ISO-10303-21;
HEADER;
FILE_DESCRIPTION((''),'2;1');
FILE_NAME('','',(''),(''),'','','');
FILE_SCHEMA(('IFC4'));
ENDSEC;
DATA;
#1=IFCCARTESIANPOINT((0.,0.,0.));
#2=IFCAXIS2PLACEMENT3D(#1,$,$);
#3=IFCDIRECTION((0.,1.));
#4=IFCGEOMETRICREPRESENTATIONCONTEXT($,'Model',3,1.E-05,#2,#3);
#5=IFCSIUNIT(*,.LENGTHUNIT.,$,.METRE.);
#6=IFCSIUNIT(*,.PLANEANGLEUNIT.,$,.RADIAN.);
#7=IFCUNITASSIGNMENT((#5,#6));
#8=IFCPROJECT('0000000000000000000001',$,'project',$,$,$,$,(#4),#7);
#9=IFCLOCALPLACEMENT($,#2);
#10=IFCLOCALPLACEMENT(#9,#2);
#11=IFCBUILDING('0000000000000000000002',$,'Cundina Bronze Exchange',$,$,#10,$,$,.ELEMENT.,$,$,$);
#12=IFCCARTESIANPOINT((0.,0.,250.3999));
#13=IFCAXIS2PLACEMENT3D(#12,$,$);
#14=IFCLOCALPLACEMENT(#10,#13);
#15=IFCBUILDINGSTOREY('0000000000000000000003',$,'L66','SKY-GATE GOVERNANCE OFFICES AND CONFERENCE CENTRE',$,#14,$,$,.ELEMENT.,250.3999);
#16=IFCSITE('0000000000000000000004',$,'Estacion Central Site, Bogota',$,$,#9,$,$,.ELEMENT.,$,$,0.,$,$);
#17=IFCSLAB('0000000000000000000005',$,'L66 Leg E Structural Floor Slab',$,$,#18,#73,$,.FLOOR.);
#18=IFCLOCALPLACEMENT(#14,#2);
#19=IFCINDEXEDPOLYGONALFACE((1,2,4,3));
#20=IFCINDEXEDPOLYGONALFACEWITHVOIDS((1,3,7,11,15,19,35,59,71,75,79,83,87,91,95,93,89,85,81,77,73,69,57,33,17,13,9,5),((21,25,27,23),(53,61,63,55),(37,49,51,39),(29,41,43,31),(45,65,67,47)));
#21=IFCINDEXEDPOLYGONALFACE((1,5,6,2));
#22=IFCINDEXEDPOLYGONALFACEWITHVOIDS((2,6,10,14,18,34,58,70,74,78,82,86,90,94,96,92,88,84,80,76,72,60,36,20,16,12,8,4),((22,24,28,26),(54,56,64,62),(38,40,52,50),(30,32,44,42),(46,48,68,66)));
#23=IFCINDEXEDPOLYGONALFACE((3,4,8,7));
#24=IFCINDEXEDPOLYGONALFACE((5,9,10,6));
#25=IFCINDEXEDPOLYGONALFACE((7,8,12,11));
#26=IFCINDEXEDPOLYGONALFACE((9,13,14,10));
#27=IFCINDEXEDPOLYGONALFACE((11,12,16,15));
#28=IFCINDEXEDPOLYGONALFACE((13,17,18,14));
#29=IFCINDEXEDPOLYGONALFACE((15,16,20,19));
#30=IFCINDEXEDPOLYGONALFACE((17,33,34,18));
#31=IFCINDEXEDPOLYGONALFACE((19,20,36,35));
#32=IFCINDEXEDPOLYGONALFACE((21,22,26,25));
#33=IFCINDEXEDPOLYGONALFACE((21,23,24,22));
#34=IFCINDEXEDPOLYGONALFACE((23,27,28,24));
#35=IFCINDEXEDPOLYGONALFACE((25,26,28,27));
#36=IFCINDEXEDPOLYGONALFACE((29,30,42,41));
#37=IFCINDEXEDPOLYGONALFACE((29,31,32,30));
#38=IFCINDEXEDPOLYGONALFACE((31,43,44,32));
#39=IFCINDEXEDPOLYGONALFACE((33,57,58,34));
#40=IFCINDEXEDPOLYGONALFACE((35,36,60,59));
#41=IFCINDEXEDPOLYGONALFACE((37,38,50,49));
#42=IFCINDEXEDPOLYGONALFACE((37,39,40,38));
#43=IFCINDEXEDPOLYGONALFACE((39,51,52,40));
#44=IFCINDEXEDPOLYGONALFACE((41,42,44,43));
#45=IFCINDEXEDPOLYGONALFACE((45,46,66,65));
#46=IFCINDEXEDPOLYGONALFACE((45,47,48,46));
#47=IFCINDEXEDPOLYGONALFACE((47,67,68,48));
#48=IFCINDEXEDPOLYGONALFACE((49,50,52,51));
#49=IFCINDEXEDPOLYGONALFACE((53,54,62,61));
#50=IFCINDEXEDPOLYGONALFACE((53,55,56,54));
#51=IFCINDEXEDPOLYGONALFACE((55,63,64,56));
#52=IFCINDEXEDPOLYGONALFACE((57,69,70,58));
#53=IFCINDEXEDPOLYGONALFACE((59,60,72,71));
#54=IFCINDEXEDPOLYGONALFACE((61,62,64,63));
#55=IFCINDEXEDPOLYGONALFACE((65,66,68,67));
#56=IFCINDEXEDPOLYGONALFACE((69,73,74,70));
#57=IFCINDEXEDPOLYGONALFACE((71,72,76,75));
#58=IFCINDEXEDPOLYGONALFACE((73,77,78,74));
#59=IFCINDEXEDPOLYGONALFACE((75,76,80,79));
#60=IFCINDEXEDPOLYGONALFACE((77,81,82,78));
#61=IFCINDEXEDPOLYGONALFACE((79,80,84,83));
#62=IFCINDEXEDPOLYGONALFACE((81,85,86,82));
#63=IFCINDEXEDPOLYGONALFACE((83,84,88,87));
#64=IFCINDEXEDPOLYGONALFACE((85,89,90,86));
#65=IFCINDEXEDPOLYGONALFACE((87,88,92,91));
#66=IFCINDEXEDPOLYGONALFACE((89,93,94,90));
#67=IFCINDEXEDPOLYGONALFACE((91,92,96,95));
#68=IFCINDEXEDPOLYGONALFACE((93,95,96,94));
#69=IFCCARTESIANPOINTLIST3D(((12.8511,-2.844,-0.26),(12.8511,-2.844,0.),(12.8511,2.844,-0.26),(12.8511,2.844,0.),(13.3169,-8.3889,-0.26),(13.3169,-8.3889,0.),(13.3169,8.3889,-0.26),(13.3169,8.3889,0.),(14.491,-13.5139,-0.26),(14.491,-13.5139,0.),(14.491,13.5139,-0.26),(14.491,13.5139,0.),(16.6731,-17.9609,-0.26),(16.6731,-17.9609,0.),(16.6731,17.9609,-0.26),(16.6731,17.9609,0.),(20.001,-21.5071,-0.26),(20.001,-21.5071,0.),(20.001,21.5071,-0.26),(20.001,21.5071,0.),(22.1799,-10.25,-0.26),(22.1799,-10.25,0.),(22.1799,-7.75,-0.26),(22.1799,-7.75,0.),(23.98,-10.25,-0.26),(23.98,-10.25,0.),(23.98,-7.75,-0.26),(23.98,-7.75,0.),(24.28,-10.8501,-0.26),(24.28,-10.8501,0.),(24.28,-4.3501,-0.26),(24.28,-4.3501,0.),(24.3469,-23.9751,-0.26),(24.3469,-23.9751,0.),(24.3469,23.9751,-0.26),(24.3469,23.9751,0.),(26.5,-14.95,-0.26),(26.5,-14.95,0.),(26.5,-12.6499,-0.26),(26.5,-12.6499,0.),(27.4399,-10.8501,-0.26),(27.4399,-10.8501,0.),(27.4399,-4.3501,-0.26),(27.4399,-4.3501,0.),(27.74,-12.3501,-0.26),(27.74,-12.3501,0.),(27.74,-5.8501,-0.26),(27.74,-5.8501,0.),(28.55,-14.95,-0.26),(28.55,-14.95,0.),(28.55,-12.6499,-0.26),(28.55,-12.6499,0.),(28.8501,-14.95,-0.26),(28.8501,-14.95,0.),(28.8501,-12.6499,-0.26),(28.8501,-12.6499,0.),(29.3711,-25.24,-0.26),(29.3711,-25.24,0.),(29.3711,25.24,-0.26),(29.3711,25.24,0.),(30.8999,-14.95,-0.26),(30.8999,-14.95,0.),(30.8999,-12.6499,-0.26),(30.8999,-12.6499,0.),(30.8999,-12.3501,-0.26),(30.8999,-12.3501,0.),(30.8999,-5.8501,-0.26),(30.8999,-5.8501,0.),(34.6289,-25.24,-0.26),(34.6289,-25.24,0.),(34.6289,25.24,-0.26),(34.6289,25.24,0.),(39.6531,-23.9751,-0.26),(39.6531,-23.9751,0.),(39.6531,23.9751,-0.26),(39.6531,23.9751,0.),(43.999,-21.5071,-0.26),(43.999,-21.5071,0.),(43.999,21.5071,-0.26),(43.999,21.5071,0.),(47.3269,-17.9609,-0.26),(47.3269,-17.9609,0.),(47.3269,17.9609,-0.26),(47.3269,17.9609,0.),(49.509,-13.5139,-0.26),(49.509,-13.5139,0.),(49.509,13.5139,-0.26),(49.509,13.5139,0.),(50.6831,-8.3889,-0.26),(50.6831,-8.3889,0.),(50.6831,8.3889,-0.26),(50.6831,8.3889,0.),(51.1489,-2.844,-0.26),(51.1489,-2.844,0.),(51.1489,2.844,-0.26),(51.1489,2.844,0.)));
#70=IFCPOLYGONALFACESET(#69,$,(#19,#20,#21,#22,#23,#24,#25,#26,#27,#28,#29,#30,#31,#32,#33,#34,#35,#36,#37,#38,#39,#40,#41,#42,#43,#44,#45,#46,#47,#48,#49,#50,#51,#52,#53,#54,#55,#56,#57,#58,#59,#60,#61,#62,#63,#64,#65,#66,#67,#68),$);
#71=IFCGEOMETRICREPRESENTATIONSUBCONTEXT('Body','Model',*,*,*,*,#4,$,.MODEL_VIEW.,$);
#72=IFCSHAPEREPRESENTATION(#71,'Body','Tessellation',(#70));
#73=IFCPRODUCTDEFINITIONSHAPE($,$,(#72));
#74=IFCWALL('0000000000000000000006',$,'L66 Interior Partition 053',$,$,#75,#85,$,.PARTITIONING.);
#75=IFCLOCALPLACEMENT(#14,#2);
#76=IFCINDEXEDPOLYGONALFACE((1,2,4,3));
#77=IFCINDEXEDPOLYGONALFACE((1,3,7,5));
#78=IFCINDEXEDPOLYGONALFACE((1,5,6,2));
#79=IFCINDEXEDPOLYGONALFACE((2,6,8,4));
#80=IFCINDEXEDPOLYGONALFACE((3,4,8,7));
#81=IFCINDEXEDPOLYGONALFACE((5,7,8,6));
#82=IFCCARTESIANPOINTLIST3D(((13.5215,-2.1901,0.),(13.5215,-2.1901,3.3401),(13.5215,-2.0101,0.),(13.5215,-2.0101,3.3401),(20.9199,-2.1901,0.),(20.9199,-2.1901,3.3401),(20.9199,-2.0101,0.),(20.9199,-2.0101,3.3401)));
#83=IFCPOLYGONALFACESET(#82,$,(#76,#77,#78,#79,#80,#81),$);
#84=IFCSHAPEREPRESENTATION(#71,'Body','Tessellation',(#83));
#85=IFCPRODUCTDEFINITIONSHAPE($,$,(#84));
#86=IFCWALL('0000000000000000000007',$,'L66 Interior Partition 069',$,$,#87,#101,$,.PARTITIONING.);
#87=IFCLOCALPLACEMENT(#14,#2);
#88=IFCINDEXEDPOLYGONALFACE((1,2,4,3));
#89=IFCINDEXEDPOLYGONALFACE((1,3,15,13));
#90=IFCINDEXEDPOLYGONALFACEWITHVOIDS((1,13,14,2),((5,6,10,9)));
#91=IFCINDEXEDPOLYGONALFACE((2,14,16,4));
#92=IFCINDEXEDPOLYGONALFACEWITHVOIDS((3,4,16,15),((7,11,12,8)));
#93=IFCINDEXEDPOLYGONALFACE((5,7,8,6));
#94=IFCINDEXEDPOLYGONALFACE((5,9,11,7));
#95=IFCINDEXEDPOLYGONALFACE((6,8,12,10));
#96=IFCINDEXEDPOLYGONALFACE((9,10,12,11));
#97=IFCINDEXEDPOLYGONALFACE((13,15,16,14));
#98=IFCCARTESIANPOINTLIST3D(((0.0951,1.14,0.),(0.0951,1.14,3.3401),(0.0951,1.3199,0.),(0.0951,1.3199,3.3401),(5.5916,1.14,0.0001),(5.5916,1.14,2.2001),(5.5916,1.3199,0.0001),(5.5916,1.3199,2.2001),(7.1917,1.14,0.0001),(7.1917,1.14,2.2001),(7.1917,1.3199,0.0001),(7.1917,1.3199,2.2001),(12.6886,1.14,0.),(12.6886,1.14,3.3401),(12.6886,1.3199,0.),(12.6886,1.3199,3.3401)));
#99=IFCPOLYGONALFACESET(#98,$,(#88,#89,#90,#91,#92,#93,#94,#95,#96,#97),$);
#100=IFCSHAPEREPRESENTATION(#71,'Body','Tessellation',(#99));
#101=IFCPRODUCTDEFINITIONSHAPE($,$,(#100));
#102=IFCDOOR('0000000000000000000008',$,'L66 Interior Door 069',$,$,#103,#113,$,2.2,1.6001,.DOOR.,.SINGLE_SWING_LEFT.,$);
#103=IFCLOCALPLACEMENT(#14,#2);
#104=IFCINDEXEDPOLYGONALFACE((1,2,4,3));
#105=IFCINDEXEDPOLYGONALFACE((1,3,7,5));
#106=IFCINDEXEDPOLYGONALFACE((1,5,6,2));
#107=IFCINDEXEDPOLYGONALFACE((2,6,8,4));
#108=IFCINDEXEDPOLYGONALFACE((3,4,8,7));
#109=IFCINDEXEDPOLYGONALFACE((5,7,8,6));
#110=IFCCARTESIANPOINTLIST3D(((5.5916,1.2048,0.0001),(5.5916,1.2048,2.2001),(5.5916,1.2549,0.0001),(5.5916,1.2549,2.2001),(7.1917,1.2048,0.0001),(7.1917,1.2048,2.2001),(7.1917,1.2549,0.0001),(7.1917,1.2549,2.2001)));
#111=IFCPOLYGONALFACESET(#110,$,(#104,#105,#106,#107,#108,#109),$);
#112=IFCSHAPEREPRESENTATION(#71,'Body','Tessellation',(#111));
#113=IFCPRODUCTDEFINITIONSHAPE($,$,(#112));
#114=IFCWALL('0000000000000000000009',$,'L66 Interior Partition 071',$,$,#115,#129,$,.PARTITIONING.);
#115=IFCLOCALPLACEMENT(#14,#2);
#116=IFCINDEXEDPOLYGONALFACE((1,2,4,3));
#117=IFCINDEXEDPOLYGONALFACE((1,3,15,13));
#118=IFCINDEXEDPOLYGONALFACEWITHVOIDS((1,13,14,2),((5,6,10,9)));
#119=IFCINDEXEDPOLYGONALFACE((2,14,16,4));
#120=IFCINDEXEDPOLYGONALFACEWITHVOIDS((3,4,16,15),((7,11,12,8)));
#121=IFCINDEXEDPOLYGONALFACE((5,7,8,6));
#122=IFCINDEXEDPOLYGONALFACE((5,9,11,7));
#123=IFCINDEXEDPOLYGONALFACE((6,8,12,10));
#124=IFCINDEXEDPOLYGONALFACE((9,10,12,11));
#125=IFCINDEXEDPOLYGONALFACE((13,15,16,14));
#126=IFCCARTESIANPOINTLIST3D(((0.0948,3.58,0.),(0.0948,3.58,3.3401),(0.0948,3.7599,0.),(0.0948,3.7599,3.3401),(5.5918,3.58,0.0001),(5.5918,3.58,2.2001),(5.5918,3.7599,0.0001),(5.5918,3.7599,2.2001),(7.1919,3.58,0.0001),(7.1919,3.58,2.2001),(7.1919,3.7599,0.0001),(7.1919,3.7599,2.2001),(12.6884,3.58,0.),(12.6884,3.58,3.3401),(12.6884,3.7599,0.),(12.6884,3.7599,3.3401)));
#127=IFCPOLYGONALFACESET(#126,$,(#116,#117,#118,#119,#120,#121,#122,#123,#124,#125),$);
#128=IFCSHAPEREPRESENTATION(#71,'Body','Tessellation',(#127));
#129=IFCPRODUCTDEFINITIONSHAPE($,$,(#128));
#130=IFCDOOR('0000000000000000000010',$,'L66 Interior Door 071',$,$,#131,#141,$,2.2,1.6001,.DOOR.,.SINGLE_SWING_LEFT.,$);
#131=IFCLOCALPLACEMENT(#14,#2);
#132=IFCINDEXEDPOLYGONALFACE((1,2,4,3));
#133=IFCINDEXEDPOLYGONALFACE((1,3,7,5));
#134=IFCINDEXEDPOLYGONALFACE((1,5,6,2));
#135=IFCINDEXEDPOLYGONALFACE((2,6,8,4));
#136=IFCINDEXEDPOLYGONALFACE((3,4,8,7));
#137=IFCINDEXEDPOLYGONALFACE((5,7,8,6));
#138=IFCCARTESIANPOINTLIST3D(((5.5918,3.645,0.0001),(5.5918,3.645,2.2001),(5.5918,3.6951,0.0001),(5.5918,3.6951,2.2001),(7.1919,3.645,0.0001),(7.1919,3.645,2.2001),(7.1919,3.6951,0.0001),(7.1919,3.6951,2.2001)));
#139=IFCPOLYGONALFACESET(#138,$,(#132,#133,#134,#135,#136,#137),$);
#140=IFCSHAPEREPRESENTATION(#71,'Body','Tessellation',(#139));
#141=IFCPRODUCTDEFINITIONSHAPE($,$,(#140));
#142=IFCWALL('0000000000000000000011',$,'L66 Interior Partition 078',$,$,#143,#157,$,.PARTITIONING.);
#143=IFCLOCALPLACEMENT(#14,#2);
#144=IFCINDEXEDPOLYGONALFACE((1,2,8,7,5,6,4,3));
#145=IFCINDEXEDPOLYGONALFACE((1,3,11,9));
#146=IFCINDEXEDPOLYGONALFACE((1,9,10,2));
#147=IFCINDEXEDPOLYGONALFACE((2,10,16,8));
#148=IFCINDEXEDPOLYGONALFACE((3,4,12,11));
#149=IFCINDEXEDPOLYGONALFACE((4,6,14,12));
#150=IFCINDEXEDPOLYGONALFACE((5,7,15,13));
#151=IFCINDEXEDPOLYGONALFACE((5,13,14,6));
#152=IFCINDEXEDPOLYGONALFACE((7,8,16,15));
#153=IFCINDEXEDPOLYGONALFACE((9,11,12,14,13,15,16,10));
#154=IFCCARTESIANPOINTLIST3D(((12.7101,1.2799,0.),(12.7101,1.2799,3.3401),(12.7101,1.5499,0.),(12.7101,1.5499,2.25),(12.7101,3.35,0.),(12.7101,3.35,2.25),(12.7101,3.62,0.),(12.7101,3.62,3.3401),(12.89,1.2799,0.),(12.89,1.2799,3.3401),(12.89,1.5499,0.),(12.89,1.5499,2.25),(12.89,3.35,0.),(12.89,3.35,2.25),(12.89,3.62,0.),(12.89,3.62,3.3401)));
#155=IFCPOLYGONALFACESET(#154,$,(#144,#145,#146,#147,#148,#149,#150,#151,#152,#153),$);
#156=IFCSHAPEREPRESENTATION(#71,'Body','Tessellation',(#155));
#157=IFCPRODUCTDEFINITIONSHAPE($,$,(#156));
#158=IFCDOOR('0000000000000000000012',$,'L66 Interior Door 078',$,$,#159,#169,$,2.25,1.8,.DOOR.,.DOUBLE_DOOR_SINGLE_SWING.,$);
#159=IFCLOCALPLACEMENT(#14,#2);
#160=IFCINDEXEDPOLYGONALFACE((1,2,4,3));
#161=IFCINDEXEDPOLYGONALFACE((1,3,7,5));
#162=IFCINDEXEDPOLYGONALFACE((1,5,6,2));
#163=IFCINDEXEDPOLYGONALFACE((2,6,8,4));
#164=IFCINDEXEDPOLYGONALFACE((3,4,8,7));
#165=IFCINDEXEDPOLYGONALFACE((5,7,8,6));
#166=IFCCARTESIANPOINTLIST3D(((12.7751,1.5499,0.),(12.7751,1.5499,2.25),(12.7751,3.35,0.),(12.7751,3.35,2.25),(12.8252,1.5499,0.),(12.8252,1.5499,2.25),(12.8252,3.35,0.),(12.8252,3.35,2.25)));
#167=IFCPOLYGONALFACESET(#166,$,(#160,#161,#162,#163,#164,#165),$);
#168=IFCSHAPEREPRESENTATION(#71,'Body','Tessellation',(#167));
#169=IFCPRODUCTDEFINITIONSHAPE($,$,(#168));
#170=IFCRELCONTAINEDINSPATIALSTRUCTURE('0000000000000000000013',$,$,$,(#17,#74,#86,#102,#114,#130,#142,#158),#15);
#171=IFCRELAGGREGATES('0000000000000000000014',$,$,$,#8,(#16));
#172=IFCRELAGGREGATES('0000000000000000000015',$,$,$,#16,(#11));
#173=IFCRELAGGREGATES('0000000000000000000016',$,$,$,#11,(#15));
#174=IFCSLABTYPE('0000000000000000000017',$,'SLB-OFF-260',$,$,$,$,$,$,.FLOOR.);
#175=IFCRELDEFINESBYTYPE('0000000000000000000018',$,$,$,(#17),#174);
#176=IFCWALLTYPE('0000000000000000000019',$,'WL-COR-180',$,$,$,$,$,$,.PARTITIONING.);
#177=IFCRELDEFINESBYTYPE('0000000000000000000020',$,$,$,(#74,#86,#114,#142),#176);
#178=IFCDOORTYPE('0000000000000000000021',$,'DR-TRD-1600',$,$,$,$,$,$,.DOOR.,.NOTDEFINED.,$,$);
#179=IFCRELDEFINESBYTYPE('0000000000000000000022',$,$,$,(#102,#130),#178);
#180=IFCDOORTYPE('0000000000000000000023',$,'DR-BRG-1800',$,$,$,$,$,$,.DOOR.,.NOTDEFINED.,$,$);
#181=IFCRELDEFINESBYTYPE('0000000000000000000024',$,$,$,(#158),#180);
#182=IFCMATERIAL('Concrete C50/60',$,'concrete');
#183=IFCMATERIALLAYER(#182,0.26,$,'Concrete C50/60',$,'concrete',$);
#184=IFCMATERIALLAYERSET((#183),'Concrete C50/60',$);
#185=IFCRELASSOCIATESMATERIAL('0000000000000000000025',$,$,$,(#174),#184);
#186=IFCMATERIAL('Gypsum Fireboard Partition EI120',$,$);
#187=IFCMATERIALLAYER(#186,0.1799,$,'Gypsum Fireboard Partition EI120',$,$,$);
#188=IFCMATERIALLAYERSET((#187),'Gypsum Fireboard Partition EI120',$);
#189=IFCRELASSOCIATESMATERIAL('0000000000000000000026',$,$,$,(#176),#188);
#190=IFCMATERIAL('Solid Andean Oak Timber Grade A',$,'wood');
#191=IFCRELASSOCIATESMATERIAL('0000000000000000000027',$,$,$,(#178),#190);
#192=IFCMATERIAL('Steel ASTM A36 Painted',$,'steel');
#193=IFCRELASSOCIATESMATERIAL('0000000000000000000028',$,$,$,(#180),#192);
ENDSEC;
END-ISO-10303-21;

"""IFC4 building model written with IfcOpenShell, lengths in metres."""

from ifc_helpers import new_model, si_unit, direction, frame, frame_2d, origin, place, context, subcontext, project, spatial, polyline, rectangle, outline, extrude, material, layer, layer_set, type_object, element, fill, save


model = new_model("IFC4")

# Units and contexts
model_context = context("Model", 3, precision=1e-05, world=origin(), true_north=direction((0.0, 1.0)))
body_context = subcontext(model_context, "Body", "Model", "MODEL_VIEW")
ifc_project = project(units=[si_unit("LENGTHUNIT", "METRE"), si_unit("PLANEANGLEUNIT", "RADIAN")], contexts=[model_context])

# Site, building, storey
site_placement = place(None, origin())
site = spatial("IfcSite", under=ifc_project, at=site_placement, Name="Estacion Central Site, Bogota", CompositionType="ELEMENT", RefElevation=0.0)
building_placement = place(site_placement, origin())
building = spatial("IfcBuilding", under=site, at=building_placement, Name="Cundina Bronze Exchange", CompositionType="ELEMENT")
storey_placement = place(building_placement, frame((0.0, 0.0, 250.3999)))
storey = spatial("IfcBuildingStorey", under=building, at=storey_placement, Name="L66", Description="SKY-GATE GOVERNANCE OFFICES AND CONFERENCE CENTRE", CompositionType="ELEMENT", Elevation=250.3999)

# Shared definitions
ifc_material_1 = material(Name="Concrete C50/60", Category="concrete")

# Slab
ifc_layer_1 = layer(ifc_material_1, 0.26, Name="Concrete C50/60", Category="concrete")
ifc_layer_set_1 = layer_set([ifc_layer_1], Name="Concrete C50/60")
slab_type_1 = type_object("IfcSlabType", Name="SLB-OFF-260", PredefinedType="FLOOR", material=ifc_layer_set_1)
slab_1_placement = place(storey_placement, frame((0.0, 0.0, -0.26)))
element("IfcSlab", 1, at=slab_1_placement, inside=storey, type_object=slab_type_1, Name="L66 Leg E Structural Floor Slab", PredefinedType="FLOOR", context=body_context, shape_type="SweptSolid", body=[
    extrude(outline(polyline([(51.1489, 2.844), (50.6831, 8.3889), (49.509, 13.5139), (47.3269, 17.9609), (43.999, 21.5071), (39.6531, 23.9751), (34.6289, 25.24), (29.3711, 25.24), (24.3469, 23.9751), (20.001, 21.5071), (16.6731, 17.9609), (14.491, 13.5139), (13.3169, 8.3889), (12.8511, 2.844), (12.8511, -2.844), (13.3169, -8.3889), (14.491, -13.5139), (16.6731, -17.9609), (20.001, -21.5071), (24.3469, -23.9751), (29.3711, -25.24), (34.6289, -25.24), (39.6531, -23.9751), (43.999, -21.5071), (47.3269, -17.9609), (49.509, -13.5139), (50.6831, -8.3889), (51.1489, -2.844), (51.1489, 2.844)]), holes=[polyline([(27.74, -5.8501), (27.74, -12.3501), (30.8999, -12.3501), (30.8999, -5.8501), (27.74, -5.8501)]), polyline([(27.4399, -10.8501), (27.4399, -4.3501), (24.28, -4.3501), (24.28, -10.8501), (27.4399, -10.8501)]), polyline([(22.1799, -7.75), (23.98, -7.75), (23.98, -10.25), (22.1799, -10.25), (22.1799, -7.75)]), polyline([(28.8501, -12.6499), (30.8999, -12.6499), (30.8999, -14.95), (28.8501, -14.95), (28.8501, -12.6499)]), polyline([(26.5, -12.6499), (28.55, -12.6499), (28.55, -14.95), (26.5, -14.95), (26.5, -12.6499)])]), origin(), (0.0, 0.0, 1.0), 0.26),
])

# Wall
ifc_material_2 = material(Name="Gypsum Fireboard Partition EI120")
ifc_layer_2 = layer(ifc_material_2, 0.1799, Name="Gypsum Fireboard Partition EI120")
ifc_layer_set_2 = layer_set([ifc_layer_2], Name="Gypsum Fireboard Partition EI120")
wall_type = type_object("IfcWallType", Name="WL-COR-180", PredefinedType="PARTITIONING", material=ifc_layer_set_2)
wall_1_placement = place(storey_placement, frame((13.5215, -2.1001, 0.0), z_axis=(0.0, 0.0, 1.0), x_axis=(1.0, 0.0, 0.0)))
element("IfcWall", 2, at=wall_1_placement, inside=storey, type_object=wall_type, Name="L66 Interior Partition 053", PredefinedType="PARTITIONING", context=body_context, shape_type="SweptSolid", body=[
    extrude(rectangle(XDim=7.3984, YDim=0.1799, at=frame_2d((3.6992, 0.0))), origin(), (0.0, 0.0, 1.0), 3.3401),
])

# Walls, openings, doors
wall_2_placement = place(storey_placement, frame((0.095, 1.23, 0.0), z_axis=(0.0, 0.0, 1.0), x_axis=(1.0, 0.0, 0.0)))
wall_2 = element("IfcWall", 3, at=wall_2_placement, inside=storey, type_object=wall_type, Name="L66 Interior Partition 069", PredefinedType="PARTITIONING", context=body_context, shape_type="SweptSolid", body=[
    extrude(rectangle(XDim=12.5935, YDim=0.1799, at=frame_2d((6.2969, 0.0))), origin(), (0.0, 0.0, 1.0), 3.3401),
])
opening_1_placement = place(wall_2_placement, frame((5.4966, 0.0, 0.0)))
opening_1 = element("IfcOpeningElement", 4, at=opening_1_placement, cuts=wall_2, PredefinedType="OPENING", context=body_context, shape_type="SweptSolid", body=[
    extrude(rectangle(XDim=1.6001, YDim=2.2, at=frame_2d((0.8, 1.1001))), frame((0.0, 0.0999, 0.0), z_axis=(0.0, -1.0, 0.0), x_axis=(1.0, 0.0, 0.0)), (0.0, 0.0, 1.0), 0.2),
])
ifc_material_3 = material(Name="Solid Andean Oak Timber Grade A", Category="wood")
door_type_1 = type_object("IfcDoorType", Name="DR-TRD-1600", OperationType="NOTDEFINED", PredefinedType="DOOR", material=ifc_material_3)
door_1_placement = place(opening_1_placement, origin())
door_1 = element("IfcDoor", 5, at=door_1_placement, inside=storey, type_object=door_type_1, Name="L66 Interior Door 069", OperationType="SINGLE_SWING_LEFT", OverallHeight=2.2, OverallWidth=1.6001, PredefinedType="DOOR", context=body_context, shape_type="SweptSolid", body=[
    extrude(rectangle(XDim=1.6001, YDim=2.2, at=frame_2d((0.8, 1.1001))), frame((0.0, 0.0249, 0.0), z_axis=(0.0, -1.0, 0.0), x_axis=(1.0, 0.0, 0.0)), (0.0, 0.0, 1.0), 0.05),
])
fill(opening_1, door_1)
wall_3_placement = place(storey_placement, frame((12.6885, 3.6699, 0.0), z_axis=(0.0, 0.0, 1.0), x_axis=(-1.0, 0.0, 0.0)))
wall_3 = element("IfcWall", 6, at=wall_3_placement, inside=storey, type_object=wall_type, Name="L66 Interior Partition 071", PredefinedType="PARTITIONING", context=body_context, shape_type="SweptSolid", body=[
    extrude(rectangle(XDim=12.5935, YDim=0.1799, at=frame_2d((6.2969, 0.0))), origin(), (0.0, 0.0, 1.0), 3.3401),
])
opening_2_placement = place(wall_3_placement, frame((5.4966, 0.0, 0.0)))
opening_2 = element("IfcOpeningElement", 7, at=opening_2_placement, cuts=wall_3, PredefinedType="OPENING", context=body_context, shape_type="SweptSolid", body=[
    extrude(rectangle(XDim=1.6001, YDim=2.2, at=frame_2d((0.8, 1.1001))), frame((0.0, 0.0999, 0.0), z_axis=(0.0, -1.0, 0.0), x_axis=(1.0, 0.0, 0.0)), (0.0, 0.0, 1.0), 0.2),
])
door_2_placement = place(opening_2_placement, origin())
door_2 = element("IfcDoor", 8, at=door_2_placement, inside=storey, type_object=door_type_1, Name="L66 Interior Door 071", OperationType="SINGLE_SWING_LEFT", OverallHeight=2.2, OverallWidth=1.6001, PredefinedType="DOOR", context=body_context, shape_type="SweptSolid", body=[
    extrude(rectangle(XDim=1.6001, YDim=2.2, at=frame_2d((0.8, 1.1001))), frame((0.0, 0.0249, 0.0), z_axis=(0.0, -1.0, 0.0), x_axis=(1.0, 0.0, 0.0)), (0.0, 0.0, 1.0), 0.05),
])
fill(opening_2, door_2)
wall_4_placement = place(storey_placement, frame((12.8, 1.28, 0.0), z_axis=(0.0, 0.0, 1.0), x_axis=(0.0, 1.0, 0.0)))
wall_4 = element("IfcWall", 9, at=wall_4_placement, inside=storey, type_object=wall_type, Name="L66 Interior Partition 078", PredefinedType="PARTITIONING", context=body_context, shape_type="SweptSolid", body=[
    extrude(rectangle(XDim=2.3401, YDim=0.1799, at=frame_2d((1.1699, 0.0))), origin(), (0.0, 0.0, 1.0), 3.3401),
])
opening_3_placement = place(wall_4_placement, frame((0.27, 0.0, 0.0)))
opening_3 = element("IfcOpeningElement", 10, at=opening_3_placement, cuts=wall_4, PredefinedType="OPENING", context=body_context, shape_type="SweptSolid", body=[
    extrude(rectangle(XDim=1.8, YDim=2.25, at=frame_2d((0.8999, 1.125))), frame((0.0, 0.0999, 0.0), z_axis=(0.0, -1.0, 0.0), x_axis=(1.0, 0.0, 0.0)), (0.0, 0.0, 1.0), 0.2),
])
ifc_material_4 = material(Name="Steel ASTM A36 Painted", Category="steel")
door_type_2 = type_object("IfcDoorType", Name="DR-BRG-1800", OperationType="NOTDEFINED", PredefinedType="DOOR", material=ifc_material_4)
door_3_placement = place(opening_3_placement, origin())
door_3 = element("IfcDoor", 11, at=door_3_placement, inside=storey, type_object=door_type_2, Name="L66 Interior Door 078", OperationType="DOUBLE_DOOR_SINGLE_SWING", OverallHeight=2.25, OverallWidth=1.8, PredefinedType="DOOR", context=body_context, shape_type="SweptSolid", body=[
    extrude(rectangle(XDim=1.8, YDim=2.25, at=frame_2d((0.8999, 1.125))), frame((0.0, 0.0249, 0.0), z_axis=(0.0, -1.0, 0.0), x_axis=(1.0, 0.0, 0.0)), (0.0, 0.0, 1.0), 0.05),
])
fill(opening_3, door_3)

save(model, "model.ifc")
